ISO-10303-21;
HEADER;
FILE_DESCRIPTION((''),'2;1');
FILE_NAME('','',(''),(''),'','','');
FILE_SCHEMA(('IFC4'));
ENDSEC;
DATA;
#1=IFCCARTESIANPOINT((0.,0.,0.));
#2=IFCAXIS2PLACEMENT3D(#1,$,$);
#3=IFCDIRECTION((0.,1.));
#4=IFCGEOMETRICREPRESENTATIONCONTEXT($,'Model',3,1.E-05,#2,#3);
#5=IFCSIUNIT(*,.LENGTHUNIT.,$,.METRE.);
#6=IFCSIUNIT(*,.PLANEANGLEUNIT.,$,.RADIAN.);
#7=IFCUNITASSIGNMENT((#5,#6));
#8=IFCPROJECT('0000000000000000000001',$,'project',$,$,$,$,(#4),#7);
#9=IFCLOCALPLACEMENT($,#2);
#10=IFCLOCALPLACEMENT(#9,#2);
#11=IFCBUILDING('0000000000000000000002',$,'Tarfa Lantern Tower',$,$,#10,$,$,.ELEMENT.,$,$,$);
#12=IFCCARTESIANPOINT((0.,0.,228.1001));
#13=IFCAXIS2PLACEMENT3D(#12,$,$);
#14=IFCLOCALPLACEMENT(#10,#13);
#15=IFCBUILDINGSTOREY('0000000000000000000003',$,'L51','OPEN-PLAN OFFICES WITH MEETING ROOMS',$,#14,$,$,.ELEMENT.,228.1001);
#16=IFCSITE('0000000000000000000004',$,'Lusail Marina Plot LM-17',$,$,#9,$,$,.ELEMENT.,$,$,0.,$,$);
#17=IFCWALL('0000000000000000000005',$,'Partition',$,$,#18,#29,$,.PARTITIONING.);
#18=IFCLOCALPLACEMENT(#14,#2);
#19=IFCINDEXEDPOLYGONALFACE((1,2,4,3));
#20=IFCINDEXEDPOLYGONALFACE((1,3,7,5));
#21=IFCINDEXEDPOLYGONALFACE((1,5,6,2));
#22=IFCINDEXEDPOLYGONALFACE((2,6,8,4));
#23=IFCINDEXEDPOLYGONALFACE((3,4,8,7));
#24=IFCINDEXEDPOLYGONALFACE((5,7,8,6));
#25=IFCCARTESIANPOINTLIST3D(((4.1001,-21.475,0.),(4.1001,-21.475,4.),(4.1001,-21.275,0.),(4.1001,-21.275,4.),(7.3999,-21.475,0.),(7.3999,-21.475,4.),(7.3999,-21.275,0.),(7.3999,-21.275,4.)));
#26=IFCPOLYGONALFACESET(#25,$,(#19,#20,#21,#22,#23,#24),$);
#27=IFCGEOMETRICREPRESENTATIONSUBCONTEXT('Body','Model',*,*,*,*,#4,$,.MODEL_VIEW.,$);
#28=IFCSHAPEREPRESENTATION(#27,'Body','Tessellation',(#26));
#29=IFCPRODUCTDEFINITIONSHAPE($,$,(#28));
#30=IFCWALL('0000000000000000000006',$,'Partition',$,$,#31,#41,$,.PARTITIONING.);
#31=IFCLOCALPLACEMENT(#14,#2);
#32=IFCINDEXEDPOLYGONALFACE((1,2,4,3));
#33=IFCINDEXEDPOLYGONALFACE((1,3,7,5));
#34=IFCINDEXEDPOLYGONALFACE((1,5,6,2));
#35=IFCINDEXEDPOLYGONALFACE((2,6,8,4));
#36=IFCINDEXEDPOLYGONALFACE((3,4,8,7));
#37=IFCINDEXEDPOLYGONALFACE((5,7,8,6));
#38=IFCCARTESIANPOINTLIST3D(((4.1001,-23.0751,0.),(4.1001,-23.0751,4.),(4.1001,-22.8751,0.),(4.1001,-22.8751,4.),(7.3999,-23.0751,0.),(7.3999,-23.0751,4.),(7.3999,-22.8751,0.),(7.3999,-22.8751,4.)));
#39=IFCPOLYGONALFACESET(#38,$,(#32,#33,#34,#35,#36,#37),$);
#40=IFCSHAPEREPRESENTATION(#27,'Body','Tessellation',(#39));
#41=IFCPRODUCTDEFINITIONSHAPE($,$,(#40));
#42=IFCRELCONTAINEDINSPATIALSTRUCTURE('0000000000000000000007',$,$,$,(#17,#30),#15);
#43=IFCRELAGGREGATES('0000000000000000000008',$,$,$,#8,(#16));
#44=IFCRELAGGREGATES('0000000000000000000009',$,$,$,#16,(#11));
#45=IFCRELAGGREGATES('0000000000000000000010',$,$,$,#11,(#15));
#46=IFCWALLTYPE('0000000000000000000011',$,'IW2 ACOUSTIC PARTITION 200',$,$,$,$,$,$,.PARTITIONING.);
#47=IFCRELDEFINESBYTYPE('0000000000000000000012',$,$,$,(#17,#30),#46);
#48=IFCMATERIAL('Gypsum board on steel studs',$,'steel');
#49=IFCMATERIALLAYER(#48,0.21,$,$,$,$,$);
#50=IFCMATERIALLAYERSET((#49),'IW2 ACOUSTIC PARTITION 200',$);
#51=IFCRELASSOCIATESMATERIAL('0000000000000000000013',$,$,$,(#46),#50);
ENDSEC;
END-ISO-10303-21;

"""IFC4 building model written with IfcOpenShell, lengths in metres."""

from ifc_helpers import new_model, si_unit, direction, frame, frame_2d, origin, place, context, subcontext, project, spatial, rectangle, extrude, material, layer, layer_set, type_object, element, save


model = new_model("IFC4")

# Units and contexts
model_context = context("Model", 3, precision=1e-05, world=origin(), true_north=direction((0.0, 1.0)))
body_context = subcontext(model_context, "Body", "Model", "MODEL_VIEW")
ifc_project = project(units=[si_unit("LENGTHUNIT", "METRE"), si_unit("PLANEANGLEUNIT", "RADIAN")], contexts=[model_context])

# Site, building, storey
site_placement = place(None, origin())
site = spatial("IfcSite", under=ifc_project, at=site_placement, Name="Lusail Marina Plot LM-17", CompositionType="ELEMENT", RefElevation=0.0)
building_placement = place(site_placement, origin())
building = spatial("IfcBuilding", under=site, at=building_placement, Name="Tarfa Lantern Tower", CompositionType="ELEMENT")
storey_placement = place(building_placement, frame((0.0, 0.0, 228.1001)))
storey = spatial("IfcBuildingStorey", under=building, at=storey_placement, Name="L51", Description="OPEN-PLAN OFFICES WITH MEETING ROOMS", CompositionType="ELEMENT", Elevation=228.1001)

# Walls
ifc_material_1 = material(Name="Gypsum board on steel studs", Category="steel")
ifc_layer_1 = layer(ifc_material_1, 0.21)
ifc_layer_set_1 = layer_set([ifc_layer_1], Name="IW2 ACOUSTIC PARTITION 200")
wall_type = type_object("IfcWallType", Name="IW2 ACOUSTIC PARTITION 200", PredefinedType="PARTITIONING", material=ifc_layer_set_1)
for number, where, z_axis, x_axis, name in (
    (1, (4.1001, -21.375, 0.0), (0.0, 0.0, 1.0), (1.0, 0.0, 0.0), "Partition"),
    (2, (4.1001, -22.9751, 0.0), (0.0, 0.0, 1.0), (1.0, 0.0, 0.0), "Partition"),
):
    element("IfcWall", number, at=place(storey_placement, frame(where, z_axis=z_axis, x_axis=x_axis)), inside=storey, type_object=wall_type, Name=name, PredefinedType="PARTITIONING", context=body_context, shape_type="SweptSolid", body=[
        extrude(rectangle(XDim=3.2998, YDim=0.2, at=frame_2d((1.6499, 0.0))), origin(), (0.0, 0.0, 1.0), 4.0),
    ])

save(model, "model.ifc")
